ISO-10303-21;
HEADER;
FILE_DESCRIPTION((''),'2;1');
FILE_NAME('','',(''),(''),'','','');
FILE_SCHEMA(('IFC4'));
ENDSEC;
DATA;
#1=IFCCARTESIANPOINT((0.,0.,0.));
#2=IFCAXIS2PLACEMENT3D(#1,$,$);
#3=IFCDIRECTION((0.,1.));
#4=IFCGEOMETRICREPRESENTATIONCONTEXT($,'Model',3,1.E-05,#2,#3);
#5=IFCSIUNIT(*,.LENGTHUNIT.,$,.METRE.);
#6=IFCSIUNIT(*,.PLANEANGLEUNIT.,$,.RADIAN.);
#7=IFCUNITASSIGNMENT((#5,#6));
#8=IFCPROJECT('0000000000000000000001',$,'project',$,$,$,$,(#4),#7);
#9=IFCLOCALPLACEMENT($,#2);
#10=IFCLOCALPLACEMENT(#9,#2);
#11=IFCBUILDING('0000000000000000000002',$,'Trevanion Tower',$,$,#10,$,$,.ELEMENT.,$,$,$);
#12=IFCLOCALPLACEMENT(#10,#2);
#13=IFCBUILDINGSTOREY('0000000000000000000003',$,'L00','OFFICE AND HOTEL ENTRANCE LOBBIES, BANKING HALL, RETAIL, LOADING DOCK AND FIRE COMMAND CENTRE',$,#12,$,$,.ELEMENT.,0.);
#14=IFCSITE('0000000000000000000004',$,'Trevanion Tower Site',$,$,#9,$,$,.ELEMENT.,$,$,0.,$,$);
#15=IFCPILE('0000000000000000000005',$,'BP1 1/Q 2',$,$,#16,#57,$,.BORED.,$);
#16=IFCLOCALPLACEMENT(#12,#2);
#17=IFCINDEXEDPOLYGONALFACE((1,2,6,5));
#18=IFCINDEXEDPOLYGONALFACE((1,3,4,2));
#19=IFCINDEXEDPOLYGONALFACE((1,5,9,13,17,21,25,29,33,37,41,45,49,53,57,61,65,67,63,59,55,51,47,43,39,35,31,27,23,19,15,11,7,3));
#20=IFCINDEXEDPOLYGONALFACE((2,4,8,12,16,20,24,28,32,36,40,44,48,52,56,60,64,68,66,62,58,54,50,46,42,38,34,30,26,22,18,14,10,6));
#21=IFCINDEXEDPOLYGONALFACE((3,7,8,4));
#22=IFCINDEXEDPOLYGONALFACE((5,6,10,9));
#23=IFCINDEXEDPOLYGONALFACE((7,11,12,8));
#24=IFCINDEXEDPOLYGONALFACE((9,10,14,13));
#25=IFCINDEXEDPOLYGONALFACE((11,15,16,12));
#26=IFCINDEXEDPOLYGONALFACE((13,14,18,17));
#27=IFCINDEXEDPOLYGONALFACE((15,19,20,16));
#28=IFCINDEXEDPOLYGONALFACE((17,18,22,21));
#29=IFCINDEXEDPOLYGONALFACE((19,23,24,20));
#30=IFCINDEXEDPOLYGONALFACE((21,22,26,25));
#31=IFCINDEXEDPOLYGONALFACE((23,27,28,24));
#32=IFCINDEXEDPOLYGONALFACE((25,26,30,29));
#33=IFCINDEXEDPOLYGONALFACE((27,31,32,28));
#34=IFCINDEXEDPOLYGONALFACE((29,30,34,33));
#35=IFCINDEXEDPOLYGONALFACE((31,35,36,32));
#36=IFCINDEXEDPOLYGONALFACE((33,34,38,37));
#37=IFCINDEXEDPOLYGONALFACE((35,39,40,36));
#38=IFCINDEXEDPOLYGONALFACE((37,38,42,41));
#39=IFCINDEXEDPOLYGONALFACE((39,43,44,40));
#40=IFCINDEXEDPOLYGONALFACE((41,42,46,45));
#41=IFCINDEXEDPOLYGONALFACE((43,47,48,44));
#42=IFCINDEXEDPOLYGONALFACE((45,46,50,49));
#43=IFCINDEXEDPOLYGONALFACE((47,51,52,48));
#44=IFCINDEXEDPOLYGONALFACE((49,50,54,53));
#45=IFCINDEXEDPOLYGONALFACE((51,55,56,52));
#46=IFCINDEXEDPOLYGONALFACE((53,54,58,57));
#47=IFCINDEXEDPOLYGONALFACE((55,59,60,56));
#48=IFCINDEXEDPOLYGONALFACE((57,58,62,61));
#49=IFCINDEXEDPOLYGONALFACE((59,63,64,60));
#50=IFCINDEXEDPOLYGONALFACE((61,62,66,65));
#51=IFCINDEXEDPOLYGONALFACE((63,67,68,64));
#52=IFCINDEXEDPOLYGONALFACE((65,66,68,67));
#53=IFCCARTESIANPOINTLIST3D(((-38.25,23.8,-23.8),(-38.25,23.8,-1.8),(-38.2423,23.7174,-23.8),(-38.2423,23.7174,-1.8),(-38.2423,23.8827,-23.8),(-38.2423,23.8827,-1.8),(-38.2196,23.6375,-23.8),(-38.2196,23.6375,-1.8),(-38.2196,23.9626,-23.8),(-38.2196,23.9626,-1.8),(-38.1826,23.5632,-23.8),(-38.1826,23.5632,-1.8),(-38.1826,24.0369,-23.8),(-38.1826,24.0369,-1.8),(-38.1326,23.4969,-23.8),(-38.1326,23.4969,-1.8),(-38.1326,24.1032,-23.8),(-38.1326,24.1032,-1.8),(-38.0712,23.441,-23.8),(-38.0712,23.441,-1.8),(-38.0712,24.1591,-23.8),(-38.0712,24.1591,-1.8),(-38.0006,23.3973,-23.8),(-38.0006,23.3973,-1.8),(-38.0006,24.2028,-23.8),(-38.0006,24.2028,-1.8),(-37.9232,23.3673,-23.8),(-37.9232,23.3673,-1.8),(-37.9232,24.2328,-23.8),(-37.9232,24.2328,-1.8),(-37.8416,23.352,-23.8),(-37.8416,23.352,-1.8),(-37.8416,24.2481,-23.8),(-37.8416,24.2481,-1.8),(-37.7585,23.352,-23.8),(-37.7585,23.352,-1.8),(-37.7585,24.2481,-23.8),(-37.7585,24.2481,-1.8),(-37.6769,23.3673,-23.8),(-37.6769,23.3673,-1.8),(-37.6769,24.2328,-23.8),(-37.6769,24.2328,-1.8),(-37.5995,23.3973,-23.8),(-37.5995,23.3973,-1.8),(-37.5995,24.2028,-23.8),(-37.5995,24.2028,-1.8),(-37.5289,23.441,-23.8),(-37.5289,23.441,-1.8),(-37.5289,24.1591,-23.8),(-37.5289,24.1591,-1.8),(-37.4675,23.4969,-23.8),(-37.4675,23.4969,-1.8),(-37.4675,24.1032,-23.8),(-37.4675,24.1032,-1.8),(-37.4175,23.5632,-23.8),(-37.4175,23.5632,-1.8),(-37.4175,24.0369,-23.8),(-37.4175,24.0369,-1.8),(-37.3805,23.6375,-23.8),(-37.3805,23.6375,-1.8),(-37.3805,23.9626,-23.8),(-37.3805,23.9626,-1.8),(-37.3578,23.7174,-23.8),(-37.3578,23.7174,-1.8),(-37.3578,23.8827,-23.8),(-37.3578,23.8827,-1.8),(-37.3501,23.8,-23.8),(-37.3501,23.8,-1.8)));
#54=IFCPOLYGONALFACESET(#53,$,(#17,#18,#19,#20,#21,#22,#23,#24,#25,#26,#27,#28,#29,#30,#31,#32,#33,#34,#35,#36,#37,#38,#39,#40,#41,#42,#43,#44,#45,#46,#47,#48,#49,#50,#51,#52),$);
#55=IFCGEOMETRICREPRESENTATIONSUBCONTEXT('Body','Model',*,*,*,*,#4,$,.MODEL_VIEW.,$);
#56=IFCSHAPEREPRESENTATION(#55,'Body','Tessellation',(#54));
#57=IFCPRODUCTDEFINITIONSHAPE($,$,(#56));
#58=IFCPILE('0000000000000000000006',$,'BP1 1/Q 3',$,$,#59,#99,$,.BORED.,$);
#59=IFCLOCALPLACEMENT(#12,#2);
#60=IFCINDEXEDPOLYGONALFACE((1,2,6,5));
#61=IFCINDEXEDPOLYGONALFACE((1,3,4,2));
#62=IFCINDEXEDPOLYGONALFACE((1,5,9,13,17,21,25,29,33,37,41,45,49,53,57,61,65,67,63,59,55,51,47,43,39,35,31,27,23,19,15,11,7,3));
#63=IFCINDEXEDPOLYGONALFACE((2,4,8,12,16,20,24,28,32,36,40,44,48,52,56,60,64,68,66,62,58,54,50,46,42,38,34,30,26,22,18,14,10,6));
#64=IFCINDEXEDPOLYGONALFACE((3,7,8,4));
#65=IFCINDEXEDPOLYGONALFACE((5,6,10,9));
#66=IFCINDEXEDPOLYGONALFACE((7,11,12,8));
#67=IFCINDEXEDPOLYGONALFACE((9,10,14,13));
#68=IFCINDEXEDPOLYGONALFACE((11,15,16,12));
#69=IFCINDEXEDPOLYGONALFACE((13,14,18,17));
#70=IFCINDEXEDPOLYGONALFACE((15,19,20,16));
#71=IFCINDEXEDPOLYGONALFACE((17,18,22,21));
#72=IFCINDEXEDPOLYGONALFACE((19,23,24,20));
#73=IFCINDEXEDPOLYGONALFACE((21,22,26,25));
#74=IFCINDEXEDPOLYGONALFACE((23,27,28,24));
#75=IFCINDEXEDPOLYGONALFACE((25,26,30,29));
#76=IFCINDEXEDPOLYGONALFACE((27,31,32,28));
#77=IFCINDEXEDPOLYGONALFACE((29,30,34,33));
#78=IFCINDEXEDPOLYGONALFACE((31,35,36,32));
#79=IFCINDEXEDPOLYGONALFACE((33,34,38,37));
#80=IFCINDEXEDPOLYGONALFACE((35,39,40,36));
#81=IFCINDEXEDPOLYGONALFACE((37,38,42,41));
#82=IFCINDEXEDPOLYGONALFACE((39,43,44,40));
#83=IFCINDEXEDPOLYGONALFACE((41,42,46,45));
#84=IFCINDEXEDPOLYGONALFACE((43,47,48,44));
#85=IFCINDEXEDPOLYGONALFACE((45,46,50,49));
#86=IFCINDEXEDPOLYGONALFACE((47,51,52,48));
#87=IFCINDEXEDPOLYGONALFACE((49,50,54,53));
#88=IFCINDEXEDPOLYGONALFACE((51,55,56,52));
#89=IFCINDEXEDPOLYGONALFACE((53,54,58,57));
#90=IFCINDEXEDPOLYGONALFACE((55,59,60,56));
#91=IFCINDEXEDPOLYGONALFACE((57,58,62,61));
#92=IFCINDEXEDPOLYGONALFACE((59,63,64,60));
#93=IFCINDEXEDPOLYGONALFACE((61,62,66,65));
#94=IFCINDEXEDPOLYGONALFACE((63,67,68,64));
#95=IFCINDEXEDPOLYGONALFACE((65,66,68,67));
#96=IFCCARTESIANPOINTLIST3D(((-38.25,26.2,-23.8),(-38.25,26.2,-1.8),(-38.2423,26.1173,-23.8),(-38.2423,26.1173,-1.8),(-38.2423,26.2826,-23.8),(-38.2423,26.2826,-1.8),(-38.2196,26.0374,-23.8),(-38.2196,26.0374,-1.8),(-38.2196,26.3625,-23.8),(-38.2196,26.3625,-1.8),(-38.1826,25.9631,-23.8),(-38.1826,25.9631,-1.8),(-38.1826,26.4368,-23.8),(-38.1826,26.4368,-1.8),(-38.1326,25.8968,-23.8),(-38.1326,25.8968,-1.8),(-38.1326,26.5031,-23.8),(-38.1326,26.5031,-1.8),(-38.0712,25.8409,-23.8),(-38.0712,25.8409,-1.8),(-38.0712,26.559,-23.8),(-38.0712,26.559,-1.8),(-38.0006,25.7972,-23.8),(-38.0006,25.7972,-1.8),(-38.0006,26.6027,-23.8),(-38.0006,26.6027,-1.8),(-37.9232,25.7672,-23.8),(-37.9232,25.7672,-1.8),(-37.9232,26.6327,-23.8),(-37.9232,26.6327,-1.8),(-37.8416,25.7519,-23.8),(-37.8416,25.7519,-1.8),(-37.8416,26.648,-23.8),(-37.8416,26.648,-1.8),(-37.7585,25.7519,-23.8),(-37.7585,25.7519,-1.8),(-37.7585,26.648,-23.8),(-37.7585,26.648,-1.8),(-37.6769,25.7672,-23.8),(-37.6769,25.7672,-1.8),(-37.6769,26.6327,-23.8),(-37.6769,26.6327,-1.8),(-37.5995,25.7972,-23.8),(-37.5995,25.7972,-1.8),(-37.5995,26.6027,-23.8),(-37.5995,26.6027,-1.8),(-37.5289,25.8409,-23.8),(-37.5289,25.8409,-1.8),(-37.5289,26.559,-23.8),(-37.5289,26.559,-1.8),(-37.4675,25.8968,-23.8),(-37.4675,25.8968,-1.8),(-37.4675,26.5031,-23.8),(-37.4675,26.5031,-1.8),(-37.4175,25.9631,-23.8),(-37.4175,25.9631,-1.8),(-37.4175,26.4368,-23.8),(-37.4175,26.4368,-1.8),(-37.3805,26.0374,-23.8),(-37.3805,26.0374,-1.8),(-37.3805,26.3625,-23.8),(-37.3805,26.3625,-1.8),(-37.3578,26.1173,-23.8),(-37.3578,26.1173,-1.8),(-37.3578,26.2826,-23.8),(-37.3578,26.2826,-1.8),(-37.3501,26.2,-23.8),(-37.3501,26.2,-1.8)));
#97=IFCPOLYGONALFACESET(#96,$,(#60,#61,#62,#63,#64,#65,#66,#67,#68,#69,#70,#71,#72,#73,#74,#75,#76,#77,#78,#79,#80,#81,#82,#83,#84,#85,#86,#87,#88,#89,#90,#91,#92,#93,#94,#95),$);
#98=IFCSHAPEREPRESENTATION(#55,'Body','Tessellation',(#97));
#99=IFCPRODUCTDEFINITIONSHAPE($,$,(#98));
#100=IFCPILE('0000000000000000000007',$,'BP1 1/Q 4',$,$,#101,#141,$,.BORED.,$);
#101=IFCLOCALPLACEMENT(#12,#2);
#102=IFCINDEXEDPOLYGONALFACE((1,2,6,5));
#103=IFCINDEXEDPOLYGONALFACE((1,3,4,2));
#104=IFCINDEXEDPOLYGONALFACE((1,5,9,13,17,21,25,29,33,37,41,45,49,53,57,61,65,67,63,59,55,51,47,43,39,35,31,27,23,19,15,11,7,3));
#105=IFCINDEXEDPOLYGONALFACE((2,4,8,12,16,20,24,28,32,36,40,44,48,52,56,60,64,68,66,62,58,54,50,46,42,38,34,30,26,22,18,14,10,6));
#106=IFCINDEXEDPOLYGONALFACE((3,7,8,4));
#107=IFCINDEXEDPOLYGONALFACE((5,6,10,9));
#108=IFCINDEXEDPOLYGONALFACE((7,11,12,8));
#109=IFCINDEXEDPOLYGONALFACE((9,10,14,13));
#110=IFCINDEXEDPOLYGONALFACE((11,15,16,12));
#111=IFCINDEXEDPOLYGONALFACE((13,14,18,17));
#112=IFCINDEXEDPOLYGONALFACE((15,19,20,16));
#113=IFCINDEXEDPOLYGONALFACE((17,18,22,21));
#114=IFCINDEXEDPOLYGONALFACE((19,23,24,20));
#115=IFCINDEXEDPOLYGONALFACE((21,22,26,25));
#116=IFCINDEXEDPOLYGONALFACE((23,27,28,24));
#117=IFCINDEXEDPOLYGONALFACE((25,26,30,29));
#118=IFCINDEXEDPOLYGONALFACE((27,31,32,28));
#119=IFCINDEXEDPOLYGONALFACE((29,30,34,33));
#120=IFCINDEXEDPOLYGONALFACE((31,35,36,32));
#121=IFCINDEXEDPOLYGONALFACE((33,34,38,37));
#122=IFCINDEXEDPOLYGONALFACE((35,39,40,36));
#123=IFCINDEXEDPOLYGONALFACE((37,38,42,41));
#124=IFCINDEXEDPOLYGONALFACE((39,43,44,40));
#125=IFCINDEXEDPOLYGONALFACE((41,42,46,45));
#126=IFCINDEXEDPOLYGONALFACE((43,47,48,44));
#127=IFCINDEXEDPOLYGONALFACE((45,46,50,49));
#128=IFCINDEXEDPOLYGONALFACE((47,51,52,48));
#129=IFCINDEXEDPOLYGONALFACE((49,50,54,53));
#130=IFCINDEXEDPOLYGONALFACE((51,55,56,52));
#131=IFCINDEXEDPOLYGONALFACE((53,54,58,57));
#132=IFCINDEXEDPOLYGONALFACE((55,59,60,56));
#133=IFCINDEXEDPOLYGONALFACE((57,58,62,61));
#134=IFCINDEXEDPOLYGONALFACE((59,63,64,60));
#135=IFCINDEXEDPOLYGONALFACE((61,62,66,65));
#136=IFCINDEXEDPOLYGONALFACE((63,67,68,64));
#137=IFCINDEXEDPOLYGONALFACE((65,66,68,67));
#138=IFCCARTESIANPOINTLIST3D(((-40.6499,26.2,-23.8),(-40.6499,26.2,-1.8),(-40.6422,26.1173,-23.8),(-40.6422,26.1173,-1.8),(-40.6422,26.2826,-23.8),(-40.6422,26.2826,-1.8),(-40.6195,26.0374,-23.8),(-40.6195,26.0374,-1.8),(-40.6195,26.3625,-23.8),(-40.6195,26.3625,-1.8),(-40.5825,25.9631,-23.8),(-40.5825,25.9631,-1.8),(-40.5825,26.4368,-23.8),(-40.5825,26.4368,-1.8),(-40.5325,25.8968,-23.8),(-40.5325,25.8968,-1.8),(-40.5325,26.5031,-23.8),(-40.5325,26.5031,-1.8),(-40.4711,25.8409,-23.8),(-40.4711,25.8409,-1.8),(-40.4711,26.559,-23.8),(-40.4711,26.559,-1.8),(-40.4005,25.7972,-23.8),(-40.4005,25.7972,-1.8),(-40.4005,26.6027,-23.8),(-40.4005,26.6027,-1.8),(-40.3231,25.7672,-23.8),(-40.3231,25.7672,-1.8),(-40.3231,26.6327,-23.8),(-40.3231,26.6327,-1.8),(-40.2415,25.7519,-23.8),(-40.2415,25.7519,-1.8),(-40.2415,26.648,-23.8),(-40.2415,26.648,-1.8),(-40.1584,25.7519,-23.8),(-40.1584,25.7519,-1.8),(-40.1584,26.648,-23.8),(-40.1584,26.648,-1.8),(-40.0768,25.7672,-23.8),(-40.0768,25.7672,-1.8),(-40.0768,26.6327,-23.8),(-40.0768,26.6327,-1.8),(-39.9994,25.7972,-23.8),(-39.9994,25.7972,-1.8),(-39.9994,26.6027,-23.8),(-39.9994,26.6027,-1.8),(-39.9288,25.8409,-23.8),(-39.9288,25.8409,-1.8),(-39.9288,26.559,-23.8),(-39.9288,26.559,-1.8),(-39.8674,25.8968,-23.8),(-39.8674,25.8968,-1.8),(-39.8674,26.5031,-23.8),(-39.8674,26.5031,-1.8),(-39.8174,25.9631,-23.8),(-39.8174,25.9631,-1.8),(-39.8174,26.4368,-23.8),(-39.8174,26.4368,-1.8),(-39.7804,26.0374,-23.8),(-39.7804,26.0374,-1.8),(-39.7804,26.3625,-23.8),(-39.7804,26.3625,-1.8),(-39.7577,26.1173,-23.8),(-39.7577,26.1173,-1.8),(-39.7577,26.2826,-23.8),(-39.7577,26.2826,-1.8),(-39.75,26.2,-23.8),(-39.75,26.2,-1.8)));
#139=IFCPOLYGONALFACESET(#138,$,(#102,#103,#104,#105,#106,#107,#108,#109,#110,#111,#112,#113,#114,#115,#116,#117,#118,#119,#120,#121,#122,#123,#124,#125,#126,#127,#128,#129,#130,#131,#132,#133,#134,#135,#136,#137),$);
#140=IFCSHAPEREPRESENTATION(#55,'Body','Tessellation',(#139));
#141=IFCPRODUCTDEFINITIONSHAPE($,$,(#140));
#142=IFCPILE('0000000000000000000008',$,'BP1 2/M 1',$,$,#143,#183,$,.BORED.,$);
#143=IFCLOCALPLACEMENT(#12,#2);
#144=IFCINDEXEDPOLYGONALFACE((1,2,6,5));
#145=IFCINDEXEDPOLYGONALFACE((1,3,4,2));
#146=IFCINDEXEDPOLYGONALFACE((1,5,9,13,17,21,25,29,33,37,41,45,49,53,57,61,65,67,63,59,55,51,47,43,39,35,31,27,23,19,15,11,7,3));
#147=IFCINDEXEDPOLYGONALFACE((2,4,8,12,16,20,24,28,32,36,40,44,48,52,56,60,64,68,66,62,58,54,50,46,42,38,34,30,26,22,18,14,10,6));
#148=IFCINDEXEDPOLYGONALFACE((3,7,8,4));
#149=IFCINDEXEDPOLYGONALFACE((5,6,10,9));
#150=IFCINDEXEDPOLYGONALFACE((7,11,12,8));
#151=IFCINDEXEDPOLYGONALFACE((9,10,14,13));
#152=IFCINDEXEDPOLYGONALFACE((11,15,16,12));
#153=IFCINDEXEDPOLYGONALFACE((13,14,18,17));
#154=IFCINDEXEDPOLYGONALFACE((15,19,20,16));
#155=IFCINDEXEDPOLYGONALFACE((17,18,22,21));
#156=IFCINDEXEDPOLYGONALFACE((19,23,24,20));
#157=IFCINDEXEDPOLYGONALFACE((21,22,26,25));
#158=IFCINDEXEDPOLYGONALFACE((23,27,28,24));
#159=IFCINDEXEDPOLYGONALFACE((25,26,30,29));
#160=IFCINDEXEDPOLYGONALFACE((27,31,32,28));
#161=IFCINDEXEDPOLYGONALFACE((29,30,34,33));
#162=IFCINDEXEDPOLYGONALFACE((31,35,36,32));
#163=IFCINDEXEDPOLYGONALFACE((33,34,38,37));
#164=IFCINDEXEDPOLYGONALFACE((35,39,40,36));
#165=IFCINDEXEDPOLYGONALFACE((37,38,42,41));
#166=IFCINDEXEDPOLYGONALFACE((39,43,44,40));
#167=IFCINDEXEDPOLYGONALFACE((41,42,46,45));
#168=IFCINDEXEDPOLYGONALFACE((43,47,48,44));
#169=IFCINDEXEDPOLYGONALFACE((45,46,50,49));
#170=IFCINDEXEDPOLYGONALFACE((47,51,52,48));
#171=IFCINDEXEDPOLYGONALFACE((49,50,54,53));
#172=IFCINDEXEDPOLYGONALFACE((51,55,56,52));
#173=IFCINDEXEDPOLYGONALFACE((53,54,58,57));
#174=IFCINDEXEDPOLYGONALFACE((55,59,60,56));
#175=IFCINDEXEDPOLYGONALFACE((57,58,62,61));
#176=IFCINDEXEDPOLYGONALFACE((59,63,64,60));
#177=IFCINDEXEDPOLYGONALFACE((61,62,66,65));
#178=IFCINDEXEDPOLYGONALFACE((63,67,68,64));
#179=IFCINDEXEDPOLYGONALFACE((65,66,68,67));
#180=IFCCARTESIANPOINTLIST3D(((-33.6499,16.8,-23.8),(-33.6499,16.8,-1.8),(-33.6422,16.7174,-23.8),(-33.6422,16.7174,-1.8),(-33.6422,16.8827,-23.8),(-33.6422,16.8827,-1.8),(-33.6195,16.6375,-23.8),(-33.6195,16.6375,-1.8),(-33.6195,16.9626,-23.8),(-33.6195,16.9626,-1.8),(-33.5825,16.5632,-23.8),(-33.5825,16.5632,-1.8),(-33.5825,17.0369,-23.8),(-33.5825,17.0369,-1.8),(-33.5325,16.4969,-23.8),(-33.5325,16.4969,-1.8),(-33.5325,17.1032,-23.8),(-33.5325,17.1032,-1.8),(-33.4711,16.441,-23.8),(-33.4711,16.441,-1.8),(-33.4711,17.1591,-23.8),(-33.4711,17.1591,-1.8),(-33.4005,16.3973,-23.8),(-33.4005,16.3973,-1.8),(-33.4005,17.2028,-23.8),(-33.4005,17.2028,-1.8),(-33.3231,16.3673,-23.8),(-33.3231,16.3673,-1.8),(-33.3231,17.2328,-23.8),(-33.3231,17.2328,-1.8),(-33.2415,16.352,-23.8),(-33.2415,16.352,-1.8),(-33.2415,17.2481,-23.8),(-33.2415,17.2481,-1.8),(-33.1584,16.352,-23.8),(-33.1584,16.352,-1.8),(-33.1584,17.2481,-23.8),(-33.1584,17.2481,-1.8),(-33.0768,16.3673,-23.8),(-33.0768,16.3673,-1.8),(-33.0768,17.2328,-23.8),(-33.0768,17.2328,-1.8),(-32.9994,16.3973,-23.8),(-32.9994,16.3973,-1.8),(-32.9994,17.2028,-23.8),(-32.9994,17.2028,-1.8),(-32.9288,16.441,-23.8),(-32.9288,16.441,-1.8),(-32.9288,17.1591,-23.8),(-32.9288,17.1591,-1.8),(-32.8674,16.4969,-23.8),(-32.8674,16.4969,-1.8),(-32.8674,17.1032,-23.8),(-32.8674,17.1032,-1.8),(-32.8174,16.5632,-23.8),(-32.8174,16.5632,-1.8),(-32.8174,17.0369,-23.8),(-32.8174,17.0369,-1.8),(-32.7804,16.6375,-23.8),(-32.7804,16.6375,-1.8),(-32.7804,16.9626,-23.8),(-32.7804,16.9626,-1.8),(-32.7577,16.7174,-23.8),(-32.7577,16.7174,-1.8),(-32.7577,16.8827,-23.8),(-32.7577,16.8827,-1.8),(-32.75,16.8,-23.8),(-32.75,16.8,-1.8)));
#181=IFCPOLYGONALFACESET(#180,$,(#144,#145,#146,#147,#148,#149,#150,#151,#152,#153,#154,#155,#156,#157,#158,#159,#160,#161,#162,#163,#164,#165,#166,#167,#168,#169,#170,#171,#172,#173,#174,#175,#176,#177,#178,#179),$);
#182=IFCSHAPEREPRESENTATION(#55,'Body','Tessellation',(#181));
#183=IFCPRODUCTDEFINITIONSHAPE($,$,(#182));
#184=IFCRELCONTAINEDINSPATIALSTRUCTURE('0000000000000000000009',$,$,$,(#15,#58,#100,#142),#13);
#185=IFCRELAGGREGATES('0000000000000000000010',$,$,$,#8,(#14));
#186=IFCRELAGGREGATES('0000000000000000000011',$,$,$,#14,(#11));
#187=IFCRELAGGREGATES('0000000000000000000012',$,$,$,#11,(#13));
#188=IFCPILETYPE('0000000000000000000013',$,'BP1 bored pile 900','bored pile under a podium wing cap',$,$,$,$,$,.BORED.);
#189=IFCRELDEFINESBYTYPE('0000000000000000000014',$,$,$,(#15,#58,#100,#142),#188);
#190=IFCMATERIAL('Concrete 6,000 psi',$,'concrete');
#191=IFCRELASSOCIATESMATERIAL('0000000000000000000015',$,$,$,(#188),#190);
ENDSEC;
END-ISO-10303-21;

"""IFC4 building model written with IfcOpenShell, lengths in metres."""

from ifc_helpers import new_model, si_unit, direction, frame, origin, origin_2d, place, context, subcontext, project, spatial, circle, extrude, material, material_profile, profile_set, type_object, element, save


model = new_model("IFC4")

# Units and contexts
model_context = context("Model", 3, precision=1e-05, world=origin(), true_north=direction((0.0, 1.0)))
body_context = subcontext(model_context, "Body", "Model", "MODEL_VIEW")
ifc_project = project(units=[si_unit("LENGTHUNIT", "METRE"), si_unit("PLANEANGLEUNIT", "RADIAN")], contexts=[model_context])

# Site, building, storey
site_placement = place(None, origin())
site = spatial("IfcSite", under=ifc_project, at=site_placement, Name="Trevanion Tower Site", CompositionType="ELEMENT", RefElevation=0.0)
building_placement = place(site_placement, origin())
building = spatial("IfcBuilding", under=site, at=building_placement, Name="Trevanion Tower", CompositionType="ELEMENT")
storey_placement = place(building_placement, origin())
storey = spatial("IfcBuildingStorey", under=building, at=storey_placement, Name="L00", Description="OFFICE AND HOTEL ENTRANCE LOBBIES, BANKING HALL, RETAIL, LOADING DOCK AND FIRE COMMAND CENTRE", CompositionType="ELEMENT", Elevation=0.0)

# Piles
ifc_material_1 = material(Name="Concrete 6,000 psi", Category="concrete")
ifc_material_profile_1 = material_profile(ifc_material_1, circle(Radius=0.45, at=origin_2d()), Name="BP1 bored pile 900")
ifc_profile_set_1 = profile_set([ifc_material_profile_1], Name="Concrete 6,000 psi")
pile_type = type_object("IfcPileType", Name="BP1 bored pile 900", Description="bored pile under a podium wing cap", PredefinedType="BORED", material=ifc_profile_set_1)
for number, where, z_axis, x_axis, name in (
    (1, (-37.8, 23.8, -1.8), (0.0, 0.0, -1.0), (1.0, 0.0, 0.0), "BP1 1/Q 2"),
    (2, (-37.8, 26.2, -1.8), (0.0, 0.0, -1.0), (1.0, 0.0, 0.0), "BP1 1/Q 3"),
    (3, (-40.2, 26.2, -1.8), (0.0, 0.0, -1.0), (1.0, 0.0, 0.0), "BP1 1/Q 4"),
    (4, (-33.2, 16.8, -1.8), (0.0, 0.0, -1.0), (1.0, 0.0, 0.0), "BP1 2/M 1"),
):
    element("IfcPile", number, at=place(storey_placement, frame(where, z_axis=z_axis, x_axis=x_axis)), inside=storey, type_object=pile_type, Name=name, PredefinedType="BORED", context=body_context, shape_type="SweptSolid", body=[
        extrude(circle(Radius=0.45, at=origin_2d()), origin(), (0.0, 0.0, 1.0), 22.0),
    ])

save(model, "model.ifc")
